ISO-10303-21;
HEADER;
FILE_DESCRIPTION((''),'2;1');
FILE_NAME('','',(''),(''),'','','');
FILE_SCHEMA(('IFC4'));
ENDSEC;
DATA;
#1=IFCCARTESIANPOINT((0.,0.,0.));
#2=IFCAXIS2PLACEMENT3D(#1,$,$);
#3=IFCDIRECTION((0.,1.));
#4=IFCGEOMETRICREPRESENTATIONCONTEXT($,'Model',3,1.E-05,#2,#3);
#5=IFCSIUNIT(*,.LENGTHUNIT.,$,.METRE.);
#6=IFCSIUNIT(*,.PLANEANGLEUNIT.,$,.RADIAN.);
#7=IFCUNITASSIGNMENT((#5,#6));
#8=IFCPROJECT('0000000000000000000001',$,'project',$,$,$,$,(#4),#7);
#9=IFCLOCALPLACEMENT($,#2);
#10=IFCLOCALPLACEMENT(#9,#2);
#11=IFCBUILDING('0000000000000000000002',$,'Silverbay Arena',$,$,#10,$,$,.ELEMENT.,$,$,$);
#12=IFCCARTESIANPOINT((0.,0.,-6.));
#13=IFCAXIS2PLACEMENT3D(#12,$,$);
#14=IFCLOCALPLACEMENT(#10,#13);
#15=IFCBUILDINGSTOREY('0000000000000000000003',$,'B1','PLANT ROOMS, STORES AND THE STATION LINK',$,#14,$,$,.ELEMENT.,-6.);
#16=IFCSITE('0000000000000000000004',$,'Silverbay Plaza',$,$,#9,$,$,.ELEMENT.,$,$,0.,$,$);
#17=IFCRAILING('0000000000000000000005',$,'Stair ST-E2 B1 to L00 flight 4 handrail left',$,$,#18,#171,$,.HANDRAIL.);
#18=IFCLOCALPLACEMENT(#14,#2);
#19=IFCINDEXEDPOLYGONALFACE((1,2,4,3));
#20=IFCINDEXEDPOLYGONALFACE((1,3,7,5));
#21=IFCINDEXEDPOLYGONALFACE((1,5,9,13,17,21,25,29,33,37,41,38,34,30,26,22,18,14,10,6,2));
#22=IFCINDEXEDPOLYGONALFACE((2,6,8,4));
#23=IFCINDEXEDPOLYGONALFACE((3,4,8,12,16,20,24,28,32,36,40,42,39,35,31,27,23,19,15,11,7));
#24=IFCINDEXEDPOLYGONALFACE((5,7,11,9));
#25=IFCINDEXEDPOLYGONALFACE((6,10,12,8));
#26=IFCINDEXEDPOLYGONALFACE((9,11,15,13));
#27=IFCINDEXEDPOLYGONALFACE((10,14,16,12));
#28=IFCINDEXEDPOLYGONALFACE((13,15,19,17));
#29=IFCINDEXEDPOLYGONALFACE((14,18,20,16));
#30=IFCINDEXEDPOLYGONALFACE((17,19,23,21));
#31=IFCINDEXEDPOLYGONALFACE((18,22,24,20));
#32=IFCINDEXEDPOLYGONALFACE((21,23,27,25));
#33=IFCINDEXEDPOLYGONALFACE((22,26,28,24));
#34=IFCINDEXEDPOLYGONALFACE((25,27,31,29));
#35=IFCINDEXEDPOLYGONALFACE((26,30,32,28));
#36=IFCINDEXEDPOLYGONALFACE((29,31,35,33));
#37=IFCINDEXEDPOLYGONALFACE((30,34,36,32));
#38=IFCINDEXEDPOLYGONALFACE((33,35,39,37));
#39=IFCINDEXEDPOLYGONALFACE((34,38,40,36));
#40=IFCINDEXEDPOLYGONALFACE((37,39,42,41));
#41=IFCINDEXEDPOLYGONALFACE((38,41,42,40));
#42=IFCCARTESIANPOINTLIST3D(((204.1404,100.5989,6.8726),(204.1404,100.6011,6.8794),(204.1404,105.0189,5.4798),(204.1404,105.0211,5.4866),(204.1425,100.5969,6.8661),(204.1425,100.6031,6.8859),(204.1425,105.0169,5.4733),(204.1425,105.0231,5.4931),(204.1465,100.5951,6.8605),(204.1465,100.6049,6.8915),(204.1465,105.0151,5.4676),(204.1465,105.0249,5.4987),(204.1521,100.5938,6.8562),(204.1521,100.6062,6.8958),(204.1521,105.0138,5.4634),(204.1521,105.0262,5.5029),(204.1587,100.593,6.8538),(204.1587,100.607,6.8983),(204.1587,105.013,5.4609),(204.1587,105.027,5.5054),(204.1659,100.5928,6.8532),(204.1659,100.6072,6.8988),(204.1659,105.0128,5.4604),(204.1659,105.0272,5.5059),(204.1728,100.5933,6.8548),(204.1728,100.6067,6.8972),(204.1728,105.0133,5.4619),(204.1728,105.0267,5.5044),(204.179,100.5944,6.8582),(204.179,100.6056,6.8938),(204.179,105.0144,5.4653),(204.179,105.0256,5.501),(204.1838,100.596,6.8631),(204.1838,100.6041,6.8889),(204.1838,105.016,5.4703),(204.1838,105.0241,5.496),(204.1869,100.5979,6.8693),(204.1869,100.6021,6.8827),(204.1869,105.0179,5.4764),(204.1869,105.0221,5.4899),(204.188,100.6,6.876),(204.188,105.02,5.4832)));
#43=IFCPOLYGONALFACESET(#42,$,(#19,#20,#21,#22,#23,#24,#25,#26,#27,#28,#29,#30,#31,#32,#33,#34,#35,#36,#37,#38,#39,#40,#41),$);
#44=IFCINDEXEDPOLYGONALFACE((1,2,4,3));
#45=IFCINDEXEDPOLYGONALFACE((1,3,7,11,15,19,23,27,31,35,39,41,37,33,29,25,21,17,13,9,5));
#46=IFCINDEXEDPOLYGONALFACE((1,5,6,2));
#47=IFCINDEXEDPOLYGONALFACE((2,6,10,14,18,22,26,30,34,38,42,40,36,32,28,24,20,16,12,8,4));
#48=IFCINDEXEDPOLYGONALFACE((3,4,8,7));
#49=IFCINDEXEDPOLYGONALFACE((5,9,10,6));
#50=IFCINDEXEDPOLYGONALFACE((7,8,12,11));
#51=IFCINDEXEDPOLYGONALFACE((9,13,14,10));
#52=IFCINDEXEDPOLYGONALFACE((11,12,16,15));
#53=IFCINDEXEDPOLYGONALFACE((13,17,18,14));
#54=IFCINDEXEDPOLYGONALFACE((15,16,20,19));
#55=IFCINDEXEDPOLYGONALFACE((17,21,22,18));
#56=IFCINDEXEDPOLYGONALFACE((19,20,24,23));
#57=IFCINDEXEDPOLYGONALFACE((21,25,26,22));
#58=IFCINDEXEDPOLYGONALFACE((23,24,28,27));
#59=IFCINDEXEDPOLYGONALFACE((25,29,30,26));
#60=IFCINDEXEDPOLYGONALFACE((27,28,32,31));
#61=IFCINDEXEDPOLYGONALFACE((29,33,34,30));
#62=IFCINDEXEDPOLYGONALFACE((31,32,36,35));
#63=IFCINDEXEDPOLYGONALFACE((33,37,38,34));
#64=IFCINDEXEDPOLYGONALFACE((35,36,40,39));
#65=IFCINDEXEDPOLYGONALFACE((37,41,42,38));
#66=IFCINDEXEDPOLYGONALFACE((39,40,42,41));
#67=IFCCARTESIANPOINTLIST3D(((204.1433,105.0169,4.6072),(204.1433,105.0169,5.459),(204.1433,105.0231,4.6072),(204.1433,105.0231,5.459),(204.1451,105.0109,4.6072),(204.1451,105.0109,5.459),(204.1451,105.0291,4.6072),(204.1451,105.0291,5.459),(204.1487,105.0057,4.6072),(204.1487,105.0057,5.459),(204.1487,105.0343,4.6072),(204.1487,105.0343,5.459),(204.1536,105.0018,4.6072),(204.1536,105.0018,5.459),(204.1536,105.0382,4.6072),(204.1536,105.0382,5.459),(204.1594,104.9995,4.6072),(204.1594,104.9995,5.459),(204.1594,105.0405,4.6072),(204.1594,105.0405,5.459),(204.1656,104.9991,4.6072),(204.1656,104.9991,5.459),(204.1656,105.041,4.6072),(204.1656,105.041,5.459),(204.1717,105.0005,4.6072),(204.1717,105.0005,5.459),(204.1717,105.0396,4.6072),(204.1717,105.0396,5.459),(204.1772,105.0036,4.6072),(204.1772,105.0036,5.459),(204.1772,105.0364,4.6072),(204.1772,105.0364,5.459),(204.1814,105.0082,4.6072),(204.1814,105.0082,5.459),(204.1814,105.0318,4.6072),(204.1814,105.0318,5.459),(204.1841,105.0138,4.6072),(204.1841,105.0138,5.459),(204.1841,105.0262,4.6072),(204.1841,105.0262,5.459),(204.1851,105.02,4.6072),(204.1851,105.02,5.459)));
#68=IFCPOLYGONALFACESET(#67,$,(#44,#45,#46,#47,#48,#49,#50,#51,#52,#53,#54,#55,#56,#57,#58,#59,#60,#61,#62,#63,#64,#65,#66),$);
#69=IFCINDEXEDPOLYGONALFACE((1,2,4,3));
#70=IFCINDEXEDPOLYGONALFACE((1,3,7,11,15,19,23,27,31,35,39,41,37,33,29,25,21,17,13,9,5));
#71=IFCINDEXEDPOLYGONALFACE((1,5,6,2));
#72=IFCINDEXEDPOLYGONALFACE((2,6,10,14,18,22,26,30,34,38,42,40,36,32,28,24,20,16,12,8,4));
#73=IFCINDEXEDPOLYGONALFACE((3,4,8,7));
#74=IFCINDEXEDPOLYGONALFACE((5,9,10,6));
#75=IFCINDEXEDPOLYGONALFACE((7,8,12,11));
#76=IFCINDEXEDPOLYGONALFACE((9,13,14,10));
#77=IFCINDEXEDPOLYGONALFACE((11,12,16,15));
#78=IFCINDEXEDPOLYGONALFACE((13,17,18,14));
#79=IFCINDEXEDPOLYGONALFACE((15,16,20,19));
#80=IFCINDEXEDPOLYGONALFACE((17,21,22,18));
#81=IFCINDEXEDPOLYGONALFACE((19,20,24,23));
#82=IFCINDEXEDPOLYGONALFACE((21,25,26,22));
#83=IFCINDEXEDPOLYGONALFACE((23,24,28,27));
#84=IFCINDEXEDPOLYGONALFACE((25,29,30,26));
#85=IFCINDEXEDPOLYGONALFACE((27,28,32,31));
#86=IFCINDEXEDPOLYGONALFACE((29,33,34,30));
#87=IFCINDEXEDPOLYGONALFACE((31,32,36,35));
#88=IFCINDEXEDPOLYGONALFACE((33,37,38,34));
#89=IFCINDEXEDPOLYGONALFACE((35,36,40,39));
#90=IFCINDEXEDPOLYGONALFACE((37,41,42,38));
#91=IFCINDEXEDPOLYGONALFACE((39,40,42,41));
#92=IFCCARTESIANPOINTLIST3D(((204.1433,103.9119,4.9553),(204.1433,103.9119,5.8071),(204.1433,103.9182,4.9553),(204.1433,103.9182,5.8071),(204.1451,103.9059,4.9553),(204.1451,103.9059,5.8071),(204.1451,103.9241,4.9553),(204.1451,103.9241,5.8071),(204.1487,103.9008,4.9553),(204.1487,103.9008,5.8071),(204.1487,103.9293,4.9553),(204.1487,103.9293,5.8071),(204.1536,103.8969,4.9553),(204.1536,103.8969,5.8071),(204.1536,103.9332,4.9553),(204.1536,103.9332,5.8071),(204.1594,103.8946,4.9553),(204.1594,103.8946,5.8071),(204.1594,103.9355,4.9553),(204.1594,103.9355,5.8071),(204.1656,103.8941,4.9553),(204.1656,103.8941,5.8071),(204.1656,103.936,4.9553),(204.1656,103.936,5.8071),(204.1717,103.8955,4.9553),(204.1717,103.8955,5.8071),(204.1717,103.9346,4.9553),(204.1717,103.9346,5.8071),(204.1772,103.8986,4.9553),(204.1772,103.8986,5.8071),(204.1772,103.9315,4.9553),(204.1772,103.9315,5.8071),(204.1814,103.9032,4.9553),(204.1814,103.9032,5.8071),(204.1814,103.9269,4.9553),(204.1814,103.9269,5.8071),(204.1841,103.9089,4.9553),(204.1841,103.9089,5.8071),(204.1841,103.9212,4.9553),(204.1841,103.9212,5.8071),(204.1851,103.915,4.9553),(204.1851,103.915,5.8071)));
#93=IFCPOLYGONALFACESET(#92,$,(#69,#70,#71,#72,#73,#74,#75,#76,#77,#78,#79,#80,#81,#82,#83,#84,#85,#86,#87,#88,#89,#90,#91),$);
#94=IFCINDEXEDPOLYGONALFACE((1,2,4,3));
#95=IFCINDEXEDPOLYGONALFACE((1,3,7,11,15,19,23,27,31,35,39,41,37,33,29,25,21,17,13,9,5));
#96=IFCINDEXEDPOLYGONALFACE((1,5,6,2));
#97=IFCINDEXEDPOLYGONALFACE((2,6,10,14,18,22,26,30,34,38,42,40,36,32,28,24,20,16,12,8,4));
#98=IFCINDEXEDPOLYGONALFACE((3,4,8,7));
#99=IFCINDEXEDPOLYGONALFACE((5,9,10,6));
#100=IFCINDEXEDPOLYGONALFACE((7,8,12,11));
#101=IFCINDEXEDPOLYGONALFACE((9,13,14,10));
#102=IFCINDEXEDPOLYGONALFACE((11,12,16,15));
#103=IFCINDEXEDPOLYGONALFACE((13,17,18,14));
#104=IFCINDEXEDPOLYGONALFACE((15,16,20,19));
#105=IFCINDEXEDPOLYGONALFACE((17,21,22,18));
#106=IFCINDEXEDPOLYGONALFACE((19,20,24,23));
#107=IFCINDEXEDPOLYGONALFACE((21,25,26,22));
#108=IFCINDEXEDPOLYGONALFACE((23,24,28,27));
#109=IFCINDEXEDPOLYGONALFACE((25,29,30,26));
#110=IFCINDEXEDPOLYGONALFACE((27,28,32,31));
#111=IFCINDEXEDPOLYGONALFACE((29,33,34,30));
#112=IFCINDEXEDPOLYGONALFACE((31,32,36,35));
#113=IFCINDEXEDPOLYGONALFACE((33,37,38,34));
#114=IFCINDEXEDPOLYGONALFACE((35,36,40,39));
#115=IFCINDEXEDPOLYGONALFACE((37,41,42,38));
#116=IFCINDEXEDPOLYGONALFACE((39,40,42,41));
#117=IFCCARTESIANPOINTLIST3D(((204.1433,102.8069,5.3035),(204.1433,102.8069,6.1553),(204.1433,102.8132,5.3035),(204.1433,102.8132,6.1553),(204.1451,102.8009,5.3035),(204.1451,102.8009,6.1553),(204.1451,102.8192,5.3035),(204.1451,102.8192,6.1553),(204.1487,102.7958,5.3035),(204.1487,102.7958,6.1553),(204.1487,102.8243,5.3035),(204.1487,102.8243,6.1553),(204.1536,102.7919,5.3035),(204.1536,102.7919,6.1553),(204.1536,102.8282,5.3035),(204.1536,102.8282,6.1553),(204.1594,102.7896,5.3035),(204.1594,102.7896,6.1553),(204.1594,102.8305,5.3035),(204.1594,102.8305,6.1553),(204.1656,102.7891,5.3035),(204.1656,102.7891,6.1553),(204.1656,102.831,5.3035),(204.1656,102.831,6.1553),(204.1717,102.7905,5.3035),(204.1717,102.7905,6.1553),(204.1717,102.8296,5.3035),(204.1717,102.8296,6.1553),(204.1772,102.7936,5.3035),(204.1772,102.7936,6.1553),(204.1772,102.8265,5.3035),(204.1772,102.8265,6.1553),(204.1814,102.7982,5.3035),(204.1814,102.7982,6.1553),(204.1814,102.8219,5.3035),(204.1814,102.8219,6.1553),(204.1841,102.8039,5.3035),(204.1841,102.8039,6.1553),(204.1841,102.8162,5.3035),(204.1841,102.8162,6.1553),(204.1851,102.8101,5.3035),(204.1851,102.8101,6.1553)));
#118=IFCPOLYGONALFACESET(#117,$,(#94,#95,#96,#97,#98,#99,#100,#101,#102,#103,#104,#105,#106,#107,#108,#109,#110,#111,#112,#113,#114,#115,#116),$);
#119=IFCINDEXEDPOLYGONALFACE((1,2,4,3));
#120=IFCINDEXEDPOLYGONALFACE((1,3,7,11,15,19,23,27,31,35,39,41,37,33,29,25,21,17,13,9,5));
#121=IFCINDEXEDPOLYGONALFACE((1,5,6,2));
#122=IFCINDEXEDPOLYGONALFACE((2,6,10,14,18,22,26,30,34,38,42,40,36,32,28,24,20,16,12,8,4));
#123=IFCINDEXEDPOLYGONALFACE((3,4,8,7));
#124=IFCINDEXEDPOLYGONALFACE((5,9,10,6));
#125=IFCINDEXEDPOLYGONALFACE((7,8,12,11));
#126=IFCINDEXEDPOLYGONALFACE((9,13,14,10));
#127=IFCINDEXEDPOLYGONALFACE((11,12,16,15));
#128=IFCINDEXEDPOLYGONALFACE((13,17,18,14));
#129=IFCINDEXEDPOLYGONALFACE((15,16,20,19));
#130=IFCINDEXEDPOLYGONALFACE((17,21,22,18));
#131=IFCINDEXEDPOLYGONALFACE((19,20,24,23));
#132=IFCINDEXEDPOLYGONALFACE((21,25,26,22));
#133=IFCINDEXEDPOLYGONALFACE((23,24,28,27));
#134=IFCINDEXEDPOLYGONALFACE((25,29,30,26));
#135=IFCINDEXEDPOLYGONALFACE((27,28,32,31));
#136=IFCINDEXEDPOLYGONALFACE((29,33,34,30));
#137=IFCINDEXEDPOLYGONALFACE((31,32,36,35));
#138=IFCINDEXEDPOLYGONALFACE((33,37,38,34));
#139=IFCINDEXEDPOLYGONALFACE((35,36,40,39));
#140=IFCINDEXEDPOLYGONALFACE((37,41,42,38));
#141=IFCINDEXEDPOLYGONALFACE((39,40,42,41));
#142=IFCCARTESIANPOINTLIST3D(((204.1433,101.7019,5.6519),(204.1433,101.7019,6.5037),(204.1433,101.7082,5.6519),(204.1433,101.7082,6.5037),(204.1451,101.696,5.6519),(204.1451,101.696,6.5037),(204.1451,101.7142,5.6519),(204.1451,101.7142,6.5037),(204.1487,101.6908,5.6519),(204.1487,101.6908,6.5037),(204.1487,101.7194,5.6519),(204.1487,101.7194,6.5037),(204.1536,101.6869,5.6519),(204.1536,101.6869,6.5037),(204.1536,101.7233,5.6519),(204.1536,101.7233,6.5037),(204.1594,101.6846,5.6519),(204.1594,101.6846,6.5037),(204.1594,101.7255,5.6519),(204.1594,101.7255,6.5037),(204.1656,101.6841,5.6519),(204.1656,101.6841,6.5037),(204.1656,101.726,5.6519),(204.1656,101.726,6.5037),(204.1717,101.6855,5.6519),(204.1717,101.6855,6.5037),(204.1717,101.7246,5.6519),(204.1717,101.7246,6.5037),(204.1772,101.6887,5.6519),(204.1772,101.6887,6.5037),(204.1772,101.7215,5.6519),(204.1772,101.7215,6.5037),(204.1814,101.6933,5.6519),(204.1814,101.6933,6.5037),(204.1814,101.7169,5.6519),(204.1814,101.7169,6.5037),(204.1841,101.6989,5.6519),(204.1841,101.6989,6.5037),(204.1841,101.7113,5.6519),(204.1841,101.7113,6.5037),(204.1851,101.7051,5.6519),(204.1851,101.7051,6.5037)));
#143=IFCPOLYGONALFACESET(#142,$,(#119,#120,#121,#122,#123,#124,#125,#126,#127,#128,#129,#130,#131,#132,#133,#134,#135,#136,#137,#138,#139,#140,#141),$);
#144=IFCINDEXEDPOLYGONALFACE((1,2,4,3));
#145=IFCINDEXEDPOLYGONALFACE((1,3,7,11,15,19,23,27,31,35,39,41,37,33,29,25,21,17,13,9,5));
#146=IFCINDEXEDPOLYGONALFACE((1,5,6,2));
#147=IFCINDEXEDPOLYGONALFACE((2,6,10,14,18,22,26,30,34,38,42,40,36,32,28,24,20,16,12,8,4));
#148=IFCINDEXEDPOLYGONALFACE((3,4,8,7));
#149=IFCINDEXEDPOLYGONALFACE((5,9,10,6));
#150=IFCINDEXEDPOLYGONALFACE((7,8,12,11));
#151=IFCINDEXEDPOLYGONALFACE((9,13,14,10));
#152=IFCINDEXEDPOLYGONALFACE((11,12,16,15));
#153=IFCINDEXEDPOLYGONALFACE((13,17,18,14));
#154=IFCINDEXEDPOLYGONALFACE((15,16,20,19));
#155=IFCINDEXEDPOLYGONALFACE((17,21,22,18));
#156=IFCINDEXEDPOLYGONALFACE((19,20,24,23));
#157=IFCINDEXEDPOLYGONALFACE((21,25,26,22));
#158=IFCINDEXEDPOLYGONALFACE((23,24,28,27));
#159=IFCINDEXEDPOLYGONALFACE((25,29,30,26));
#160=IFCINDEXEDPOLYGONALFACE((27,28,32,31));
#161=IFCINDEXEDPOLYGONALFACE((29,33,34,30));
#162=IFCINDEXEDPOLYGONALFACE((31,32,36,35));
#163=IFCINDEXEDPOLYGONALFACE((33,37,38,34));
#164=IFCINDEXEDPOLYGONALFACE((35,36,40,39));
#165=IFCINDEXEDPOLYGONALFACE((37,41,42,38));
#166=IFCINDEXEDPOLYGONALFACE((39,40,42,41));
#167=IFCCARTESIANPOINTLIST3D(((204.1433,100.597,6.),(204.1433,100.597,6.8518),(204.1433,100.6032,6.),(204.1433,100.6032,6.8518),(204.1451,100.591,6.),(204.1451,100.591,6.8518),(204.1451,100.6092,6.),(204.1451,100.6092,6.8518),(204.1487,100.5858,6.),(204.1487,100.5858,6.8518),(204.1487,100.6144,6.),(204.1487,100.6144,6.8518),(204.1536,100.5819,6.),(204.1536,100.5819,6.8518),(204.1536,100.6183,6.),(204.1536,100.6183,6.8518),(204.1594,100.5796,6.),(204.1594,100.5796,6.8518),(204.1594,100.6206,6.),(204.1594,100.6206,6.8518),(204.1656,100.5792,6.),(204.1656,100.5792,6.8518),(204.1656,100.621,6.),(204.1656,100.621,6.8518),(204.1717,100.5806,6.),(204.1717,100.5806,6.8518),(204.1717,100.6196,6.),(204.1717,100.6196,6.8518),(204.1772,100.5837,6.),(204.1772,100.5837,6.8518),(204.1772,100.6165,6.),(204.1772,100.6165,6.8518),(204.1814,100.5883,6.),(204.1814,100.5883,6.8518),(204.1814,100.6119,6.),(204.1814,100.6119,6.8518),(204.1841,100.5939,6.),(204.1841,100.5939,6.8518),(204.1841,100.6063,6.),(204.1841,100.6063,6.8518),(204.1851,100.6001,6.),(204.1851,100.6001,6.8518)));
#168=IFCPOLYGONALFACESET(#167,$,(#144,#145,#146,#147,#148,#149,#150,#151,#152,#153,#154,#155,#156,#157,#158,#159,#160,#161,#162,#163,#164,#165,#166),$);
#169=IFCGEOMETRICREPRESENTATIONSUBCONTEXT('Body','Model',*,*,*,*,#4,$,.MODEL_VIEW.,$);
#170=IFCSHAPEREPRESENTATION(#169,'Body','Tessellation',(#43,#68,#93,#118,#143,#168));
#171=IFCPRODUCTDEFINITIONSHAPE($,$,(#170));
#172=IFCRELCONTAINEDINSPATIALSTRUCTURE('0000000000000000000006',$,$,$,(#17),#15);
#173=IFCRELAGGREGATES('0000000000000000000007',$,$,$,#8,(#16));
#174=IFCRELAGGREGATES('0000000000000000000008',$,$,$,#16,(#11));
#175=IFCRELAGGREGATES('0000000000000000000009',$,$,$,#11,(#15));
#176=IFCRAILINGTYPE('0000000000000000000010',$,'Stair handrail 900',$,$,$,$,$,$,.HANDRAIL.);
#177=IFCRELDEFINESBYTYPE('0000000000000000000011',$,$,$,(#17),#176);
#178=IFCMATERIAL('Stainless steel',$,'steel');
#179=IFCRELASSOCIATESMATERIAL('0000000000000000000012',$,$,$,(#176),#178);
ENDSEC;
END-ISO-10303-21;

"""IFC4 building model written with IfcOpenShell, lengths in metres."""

from ifc_helpers import new_model, si_unit, direction, frame, origin, origin_2d, place, context, subcontext, project, spatial, circle, extrude, material, type_object, element, save


model = new_model("IFC4")

# Units and contexts
model_context = context("Model", 3, precision=1e-05, world=origin(), true_north=direction((0.0, 1.0)))
body_context = subcontext(model_context, "Body", "Model", "MODEL_VIEW")
ifc_project = project(units=[si_unit("LENGTHUNIT", "METRE"), si_unit("PLANEANGLEUNIT", "RADIAN")], contexts=[model_context])

# Site, building, storey
site_placement = place(None, origin())
site = spatial("IfcSite", under=ifc_project, at=site_placement, Name="Silverbay Plaza", CompositionType="ELEMENT", RefElevation=0.0)
building_placement = place(site_placement, origin())
building = spatial("IfcBuilding", under=site, at=building_placement, Name="Silverbay Arena", CompositionType="ELEMENT")
storey_placement = place(building_placement, frame((0.0, 0.0, -6.0)))
storey = spatial("IfcBuildingStorey", under=building, at=storey_placement, Name="B1", Description="PLANT ROOMS, STORES AND THE STATION LINK", CompositionType="ELEMENT", Elevation=-6.0)

# Railing
ifc_material_1 = material(Name="Stainless steel", Category="steel")
railing_type_1 = type_object("IfcRailingType", Name="Stair handrail 900", PredefinedType="HANDRAIL", material=ifc_material_1)
for number, where, name in (
    (1, (204.1641, 105.02, 4.6072), "Stair ST-E2 B1 to L00 flight 4 handrail left"),
):
    element("IfcRailing", number, at=place(storey_placement, frame(where)), inside=storey, type_object=railing_type_1, Name=name, PredefinedType="HANDRAIL", context=body_context, shape_type="SweptSolid", body=[
        extrude(circle(Radius=0.0239, at=origin_2d()), frame((0.0, 0.0, 0.876), z_axis=(0.0, -0.953765, 0.300554), x_axis=(1.0, 0.0, 0.0)), (0.0, 0.0, 1.0), 4.6343),
        extrude(circle(Radius=0.021, at=origin_2d()), origin(), (0.0, 0.0, 1.0), 0.8518),
        extrude(circle(Radius=0.021, at=origin_2d()), frame((0.0, -1.105, 0.3481)), (0.0, 0.0, 1.0), 0.8518),
        extrude(circle(Radius=0.021, at=origin_2d()), frame((0.0, -2.21, 0.6963)), (0.0, 0.0, 1.0), 0.8518),
        extrude(circle(Radius=0.021, at=origin_2d()), frame((0.0, -3.3149, 1.0447)), (0.0, 0.0, 1.0), 0.8518),
        extrude(circle(Radius=0.021, at=origin_2d()), frame((0.0, -4.4199, 1.3928)), (0.0, 0.0, 1.0), 0.8518),
    ])

save(model, "model.ifc")
